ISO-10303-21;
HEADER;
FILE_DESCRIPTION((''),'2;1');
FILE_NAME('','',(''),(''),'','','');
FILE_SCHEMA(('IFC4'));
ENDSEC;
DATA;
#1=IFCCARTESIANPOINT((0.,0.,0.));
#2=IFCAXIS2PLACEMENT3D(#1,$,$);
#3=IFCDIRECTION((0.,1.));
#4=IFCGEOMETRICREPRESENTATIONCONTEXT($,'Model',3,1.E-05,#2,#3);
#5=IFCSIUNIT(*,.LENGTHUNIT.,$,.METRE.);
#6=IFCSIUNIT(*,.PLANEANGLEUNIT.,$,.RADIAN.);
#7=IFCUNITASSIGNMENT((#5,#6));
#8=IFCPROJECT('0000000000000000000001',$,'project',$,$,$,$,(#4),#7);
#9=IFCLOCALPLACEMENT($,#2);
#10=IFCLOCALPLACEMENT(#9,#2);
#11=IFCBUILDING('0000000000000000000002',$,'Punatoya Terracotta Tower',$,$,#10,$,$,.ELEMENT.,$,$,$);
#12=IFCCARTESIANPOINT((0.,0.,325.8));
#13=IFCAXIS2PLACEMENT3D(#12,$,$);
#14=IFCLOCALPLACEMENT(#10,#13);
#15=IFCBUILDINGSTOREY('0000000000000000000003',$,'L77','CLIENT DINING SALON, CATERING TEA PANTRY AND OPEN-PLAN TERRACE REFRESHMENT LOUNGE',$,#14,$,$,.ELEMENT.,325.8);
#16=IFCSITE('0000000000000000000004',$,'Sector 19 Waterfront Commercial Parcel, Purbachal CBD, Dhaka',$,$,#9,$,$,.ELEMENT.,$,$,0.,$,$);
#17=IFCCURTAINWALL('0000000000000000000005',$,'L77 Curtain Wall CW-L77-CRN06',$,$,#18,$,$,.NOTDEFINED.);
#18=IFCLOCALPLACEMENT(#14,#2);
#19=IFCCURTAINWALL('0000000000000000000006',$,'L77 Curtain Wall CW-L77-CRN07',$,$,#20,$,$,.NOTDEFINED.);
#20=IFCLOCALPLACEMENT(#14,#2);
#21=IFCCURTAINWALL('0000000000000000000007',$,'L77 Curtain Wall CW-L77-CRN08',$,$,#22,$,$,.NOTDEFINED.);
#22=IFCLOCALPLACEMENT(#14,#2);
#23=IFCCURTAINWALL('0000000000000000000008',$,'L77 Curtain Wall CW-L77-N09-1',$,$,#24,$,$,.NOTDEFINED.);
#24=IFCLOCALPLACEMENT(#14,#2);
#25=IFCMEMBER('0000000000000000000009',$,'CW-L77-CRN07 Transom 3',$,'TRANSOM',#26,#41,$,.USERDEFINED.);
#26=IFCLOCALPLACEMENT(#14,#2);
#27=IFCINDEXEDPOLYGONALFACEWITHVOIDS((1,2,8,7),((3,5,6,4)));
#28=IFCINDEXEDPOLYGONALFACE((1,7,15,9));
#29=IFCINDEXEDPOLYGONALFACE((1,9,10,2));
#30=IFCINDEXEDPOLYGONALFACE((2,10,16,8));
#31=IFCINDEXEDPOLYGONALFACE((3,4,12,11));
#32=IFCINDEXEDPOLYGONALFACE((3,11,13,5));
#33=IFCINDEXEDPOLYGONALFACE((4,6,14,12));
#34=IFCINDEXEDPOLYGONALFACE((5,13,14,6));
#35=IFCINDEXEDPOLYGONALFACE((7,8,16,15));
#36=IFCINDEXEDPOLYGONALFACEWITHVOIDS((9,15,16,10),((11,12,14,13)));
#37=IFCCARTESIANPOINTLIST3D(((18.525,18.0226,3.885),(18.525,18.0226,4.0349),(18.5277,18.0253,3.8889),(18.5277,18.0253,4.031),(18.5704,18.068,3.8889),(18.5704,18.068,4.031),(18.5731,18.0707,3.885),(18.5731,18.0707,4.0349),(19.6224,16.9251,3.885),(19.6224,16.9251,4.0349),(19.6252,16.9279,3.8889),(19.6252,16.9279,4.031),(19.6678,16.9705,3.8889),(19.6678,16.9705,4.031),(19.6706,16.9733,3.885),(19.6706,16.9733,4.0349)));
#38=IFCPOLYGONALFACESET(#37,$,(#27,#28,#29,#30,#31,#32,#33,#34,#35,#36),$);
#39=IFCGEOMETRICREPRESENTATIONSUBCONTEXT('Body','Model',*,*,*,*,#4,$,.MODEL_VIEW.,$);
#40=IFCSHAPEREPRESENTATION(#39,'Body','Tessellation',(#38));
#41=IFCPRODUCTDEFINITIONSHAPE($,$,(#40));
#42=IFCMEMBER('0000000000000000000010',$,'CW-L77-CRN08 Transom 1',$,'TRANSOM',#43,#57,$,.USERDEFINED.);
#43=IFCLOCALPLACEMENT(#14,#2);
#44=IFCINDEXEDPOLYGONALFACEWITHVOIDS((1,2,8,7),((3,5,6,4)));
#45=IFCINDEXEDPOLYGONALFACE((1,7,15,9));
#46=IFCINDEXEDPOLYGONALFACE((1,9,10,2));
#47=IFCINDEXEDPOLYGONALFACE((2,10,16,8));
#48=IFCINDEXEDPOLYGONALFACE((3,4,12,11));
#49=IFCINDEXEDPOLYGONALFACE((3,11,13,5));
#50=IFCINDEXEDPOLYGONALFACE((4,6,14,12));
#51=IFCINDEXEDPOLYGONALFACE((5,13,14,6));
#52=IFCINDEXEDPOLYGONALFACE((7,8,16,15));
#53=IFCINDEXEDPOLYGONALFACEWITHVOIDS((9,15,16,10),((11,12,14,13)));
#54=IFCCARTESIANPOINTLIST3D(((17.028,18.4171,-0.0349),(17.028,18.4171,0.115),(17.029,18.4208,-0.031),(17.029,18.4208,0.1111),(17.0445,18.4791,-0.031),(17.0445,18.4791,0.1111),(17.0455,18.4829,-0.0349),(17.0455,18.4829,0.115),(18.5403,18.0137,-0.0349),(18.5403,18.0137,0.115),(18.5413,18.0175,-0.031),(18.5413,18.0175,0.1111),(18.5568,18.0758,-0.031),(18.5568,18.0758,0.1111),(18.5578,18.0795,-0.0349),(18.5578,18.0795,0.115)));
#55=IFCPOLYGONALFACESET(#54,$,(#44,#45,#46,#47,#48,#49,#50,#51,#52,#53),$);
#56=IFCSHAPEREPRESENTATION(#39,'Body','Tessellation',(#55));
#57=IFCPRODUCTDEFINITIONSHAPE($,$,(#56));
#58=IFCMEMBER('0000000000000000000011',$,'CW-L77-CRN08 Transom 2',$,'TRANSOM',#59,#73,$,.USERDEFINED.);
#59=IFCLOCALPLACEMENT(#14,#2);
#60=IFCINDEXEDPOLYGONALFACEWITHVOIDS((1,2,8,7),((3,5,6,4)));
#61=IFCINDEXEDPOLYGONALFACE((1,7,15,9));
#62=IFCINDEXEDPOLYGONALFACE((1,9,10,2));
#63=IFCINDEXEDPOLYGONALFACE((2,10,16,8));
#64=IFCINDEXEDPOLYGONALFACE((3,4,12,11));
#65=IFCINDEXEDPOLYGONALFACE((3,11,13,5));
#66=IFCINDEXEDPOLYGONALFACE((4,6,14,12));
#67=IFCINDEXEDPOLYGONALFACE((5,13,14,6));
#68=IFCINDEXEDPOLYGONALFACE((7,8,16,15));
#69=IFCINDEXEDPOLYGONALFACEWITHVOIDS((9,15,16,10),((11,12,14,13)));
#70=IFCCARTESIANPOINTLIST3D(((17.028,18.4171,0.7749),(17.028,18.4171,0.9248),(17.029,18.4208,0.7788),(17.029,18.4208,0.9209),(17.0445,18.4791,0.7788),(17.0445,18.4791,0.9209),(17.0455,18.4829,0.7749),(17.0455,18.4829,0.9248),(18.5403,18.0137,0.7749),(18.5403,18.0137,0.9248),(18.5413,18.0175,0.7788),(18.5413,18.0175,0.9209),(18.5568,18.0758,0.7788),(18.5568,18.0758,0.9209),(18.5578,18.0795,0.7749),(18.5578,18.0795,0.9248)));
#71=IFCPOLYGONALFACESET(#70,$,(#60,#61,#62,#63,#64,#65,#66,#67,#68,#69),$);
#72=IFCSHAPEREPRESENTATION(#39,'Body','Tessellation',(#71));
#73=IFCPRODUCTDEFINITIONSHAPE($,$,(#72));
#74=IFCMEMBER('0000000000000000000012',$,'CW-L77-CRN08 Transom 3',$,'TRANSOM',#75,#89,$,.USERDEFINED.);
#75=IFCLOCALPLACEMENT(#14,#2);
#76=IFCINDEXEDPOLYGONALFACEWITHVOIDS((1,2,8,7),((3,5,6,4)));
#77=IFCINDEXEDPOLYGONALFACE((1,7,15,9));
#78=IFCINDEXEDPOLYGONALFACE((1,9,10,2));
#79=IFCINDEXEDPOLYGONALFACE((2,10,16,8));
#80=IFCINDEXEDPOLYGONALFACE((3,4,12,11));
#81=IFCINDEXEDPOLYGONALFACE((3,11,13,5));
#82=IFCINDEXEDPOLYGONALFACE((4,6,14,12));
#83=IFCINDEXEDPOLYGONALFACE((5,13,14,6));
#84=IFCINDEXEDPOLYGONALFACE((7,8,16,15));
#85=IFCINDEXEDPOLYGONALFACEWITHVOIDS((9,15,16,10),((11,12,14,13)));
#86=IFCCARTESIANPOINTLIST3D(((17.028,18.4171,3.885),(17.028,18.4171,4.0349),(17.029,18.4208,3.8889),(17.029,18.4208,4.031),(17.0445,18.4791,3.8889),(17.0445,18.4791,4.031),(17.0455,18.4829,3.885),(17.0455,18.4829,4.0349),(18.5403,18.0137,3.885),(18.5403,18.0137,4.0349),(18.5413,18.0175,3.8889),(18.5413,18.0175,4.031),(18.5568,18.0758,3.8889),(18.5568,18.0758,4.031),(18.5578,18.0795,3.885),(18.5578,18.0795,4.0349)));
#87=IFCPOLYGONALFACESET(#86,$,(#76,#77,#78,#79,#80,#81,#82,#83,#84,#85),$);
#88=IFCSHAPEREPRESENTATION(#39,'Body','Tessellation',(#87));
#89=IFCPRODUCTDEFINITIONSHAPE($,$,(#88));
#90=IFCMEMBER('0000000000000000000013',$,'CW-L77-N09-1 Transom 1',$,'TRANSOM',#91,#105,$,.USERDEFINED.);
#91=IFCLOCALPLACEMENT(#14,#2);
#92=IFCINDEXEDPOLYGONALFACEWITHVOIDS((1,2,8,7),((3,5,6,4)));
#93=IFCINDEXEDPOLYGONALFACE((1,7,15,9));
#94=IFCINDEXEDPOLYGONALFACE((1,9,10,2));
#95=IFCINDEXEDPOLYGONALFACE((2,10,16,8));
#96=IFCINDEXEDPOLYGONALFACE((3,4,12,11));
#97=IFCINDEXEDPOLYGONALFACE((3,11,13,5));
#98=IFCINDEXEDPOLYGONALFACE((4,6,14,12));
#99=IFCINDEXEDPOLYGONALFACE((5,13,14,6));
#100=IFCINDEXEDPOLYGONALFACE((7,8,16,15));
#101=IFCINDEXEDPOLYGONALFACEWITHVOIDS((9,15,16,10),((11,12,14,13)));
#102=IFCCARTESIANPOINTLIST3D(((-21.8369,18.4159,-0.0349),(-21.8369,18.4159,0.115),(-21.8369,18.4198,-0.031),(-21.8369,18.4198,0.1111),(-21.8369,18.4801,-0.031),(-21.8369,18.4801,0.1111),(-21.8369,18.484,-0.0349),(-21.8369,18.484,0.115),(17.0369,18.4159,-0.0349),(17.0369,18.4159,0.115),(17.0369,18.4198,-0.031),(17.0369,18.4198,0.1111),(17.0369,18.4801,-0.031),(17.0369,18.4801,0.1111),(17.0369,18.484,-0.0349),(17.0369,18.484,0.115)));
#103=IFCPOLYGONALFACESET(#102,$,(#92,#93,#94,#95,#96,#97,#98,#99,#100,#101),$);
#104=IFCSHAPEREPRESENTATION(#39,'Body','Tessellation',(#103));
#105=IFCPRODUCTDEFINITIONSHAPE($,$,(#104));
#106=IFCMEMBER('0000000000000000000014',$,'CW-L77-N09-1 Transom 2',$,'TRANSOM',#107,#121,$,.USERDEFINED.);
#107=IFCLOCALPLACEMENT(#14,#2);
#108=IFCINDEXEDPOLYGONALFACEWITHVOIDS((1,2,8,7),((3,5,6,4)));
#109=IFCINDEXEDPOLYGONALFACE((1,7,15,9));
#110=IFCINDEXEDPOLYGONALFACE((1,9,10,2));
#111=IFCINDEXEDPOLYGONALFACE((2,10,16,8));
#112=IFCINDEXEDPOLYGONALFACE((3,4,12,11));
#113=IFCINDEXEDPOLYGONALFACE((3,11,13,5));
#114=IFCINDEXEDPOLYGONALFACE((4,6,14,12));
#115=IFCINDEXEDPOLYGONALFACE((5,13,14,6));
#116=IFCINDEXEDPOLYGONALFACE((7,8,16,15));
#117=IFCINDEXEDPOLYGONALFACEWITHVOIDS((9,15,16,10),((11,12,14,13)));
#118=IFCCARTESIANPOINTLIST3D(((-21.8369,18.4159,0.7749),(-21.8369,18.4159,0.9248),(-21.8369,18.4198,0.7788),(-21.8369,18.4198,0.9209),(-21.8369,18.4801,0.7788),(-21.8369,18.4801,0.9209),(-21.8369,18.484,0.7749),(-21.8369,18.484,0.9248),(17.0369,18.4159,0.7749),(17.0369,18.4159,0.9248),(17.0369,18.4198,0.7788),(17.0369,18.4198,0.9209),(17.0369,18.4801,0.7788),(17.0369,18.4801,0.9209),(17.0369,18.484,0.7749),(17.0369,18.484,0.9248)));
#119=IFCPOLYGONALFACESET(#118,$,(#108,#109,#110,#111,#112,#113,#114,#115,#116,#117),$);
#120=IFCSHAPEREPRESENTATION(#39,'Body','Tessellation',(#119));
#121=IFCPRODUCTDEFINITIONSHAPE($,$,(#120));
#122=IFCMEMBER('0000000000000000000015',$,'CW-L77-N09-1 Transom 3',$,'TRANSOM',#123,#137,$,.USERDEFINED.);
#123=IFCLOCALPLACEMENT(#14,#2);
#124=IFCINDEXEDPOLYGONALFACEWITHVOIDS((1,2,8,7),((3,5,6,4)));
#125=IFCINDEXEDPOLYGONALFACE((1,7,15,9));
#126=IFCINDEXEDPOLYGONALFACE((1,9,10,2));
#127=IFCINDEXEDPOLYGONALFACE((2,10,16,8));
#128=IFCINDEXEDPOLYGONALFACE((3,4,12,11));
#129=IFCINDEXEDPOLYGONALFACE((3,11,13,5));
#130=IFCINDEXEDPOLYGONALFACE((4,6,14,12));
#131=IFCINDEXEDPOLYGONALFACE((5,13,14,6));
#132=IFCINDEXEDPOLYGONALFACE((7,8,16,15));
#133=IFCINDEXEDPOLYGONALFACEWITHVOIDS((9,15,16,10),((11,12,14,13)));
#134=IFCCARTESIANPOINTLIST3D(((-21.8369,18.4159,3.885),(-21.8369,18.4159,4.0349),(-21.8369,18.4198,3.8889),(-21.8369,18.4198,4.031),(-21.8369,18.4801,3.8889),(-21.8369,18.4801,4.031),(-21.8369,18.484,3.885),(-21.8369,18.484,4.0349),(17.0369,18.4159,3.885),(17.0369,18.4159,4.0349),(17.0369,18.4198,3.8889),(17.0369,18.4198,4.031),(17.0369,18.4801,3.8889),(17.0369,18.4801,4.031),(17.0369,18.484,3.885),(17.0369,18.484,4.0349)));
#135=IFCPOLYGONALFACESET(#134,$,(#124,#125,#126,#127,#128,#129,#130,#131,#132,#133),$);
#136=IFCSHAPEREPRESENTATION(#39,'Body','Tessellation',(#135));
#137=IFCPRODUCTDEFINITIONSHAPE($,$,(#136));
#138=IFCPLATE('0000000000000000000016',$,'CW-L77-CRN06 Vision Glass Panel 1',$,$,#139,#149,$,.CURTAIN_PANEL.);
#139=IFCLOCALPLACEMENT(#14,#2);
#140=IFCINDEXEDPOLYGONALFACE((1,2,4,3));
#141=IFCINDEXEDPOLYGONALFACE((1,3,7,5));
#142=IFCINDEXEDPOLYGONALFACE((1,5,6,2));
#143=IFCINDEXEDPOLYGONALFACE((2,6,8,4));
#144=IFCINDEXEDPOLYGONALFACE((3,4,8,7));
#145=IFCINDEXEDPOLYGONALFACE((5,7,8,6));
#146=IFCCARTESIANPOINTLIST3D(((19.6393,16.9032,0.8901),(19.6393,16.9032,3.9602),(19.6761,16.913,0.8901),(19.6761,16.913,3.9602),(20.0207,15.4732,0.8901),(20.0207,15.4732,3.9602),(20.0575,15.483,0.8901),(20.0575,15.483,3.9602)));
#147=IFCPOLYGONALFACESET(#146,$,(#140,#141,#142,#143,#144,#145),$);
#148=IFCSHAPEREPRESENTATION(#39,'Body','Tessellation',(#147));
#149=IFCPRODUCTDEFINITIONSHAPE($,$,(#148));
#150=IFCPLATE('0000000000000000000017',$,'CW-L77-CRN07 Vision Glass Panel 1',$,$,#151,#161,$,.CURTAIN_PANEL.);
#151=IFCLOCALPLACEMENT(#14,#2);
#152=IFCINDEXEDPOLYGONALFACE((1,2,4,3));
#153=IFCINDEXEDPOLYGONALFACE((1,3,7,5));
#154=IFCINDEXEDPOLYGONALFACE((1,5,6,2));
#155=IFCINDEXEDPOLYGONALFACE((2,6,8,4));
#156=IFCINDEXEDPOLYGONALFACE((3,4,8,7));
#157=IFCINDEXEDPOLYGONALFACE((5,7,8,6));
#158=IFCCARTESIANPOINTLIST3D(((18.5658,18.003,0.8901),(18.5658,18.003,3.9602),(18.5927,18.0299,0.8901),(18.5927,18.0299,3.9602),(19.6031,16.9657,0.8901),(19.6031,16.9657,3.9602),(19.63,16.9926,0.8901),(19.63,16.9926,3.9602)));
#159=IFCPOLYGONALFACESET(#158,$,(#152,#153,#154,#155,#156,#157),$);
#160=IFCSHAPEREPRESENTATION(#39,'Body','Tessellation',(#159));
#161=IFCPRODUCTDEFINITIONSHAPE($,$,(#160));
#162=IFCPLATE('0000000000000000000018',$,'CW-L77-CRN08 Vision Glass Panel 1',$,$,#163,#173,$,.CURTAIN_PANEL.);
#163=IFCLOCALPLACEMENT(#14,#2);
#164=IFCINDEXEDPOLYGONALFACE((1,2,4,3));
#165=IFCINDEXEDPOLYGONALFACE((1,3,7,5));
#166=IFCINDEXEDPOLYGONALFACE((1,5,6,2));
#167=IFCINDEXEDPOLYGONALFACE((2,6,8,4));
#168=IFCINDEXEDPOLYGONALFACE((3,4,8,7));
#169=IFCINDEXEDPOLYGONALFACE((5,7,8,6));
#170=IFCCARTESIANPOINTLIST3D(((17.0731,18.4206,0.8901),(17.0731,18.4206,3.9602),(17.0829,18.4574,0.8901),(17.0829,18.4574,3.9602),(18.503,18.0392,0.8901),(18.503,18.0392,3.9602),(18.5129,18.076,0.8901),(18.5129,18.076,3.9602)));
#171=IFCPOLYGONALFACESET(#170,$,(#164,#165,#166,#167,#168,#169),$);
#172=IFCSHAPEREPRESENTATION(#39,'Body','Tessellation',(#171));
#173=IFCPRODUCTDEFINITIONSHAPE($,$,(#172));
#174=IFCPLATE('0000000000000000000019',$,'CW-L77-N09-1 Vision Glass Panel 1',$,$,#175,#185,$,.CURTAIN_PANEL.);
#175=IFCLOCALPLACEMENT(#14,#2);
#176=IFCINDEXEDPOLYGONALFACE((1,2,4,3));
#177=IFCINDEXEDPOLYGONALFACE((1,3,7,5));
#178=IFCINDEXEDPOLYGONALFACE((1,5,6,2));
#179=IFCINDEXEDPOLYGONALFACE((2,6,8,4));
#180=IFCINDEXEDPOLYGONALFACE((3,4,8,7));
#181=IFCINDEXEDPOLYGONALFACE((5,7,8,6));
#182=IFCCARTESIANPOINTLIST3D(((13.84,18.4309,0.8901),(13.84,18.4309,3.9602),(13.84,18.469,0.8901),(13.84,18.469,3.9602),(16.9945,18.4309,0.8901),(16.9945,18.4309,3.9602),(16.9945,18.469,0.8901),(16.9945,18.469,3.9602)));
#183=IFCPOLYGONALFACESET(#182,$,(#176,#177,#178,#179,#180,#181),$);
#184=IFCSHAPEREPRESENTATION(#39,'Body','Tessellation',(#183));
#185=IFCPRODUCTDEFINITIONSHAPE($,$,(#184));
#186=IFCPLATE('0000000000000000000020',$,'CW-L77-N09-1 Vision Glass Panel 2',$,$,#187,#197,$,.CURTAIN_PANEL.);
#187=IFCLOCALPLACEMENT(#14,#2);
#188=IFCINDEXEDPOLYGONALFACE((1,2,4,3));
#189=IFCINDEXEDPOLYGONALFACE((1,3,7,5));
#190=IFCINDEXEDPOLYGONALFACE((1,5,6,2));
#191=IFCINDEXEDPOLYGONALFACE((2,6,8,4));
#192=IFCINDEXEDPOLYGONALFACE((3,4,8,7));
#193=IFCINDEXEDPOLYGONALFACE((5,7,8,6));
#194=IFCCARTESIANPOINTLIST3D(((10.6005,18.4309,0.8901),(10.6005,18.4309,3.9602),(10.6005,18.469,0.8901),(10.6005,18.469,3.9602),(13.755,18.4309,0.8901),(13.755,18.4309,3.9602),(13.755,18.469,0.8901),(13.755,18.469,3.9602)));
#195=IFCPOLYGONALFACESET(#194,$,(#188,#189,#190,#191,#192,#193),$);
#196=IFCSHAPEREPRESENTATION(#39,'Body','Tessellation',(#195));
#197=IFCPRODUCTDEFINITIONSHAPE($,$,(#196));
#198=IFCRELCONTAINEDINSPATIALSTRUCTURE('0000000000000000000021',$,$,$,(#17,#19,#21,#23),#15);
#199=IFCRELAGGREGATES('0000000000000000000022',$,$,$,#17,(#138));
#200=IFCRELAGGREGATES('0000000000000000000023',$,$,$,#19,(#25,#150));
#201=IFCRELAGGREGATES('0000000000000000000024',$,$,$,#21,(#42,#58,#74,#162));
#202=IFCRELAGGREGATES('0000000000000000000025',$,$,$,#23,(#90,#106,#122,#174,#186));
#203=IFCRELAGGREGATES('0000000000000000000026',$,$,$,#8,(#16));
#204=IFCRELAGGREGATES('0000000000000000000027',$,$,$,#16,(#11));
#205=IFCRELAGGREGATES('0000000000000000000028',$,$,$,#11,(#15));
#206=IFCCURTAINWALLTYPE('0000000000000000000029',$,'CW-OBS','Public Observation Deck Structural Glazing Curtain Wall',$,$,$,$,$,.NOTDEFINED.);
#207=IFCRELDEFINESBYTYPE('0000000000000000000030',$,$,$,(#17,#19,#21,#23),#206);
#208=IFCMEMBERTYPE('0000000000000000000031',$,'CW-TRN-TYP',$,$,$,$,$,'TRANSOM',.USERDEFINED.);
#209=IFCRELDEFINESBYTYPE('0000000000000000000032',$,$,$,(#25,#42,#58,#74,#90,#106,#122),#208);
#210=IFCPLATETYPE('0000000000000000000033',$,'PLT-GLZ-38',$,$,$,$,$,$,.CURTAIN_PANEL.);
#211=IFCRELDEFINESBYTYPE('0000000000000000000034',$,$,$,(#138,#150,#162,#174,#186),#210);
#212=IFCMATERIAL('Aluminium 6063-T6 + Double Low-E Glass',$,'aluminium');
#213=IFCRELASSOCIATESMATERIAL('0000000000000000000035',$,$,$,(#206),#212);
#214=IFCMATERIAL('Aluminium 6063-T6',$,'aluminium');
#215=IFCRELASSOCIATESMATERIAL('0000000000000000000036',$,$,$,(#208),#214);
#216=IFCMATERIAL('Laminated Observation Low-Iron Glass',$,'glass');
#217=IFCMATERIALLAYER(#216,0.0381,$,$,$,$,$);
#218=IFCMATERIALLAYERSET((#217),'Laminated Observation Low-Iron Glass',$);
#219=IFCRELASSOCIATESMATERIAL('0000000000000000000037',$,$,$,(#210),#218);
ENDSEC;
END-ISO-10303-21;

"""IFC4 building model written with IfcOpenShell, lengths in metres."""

from ifc_helpers import new_model, si_unit, direction, frame, origin, origin_2d, place, context, subcontext, project, spatial, rectangle, hollow_rectangle, extrude, material, layer, layer_set, material_profile, profile_set, type_object, element, aggregate, save


model = new_model("IFC4")

# Units and contexts
model_context = context("Model", 3, precision=1e-05, world=origin(), true_north=direction((0.0, 1.0)))
body_context = subcontext(model_context, "Body", "Model", "MODEL_VIEW")
ifc_project = project(units=[si_unit("LENGTHUNIT", "METRE"), si_unit("PLANEANGLEUNIT", "RADIAN")], contexts=[model_context])

# Site, building, storey
site_placement = place(None, origin())
site = spatial("IfcSite", under=ifc_project, at=site_placement, Name="Sector 19 Waterfront Commercial Parcel, Purbachal CBD, Dhaka", CompositionType="ELEMENT", RefElevation=0.0)
building_placement = place(site_placement, origin())
building = spatial("IfcBuilding", under=site, at=building_placement, Name="Punatoya Terracotta Tower", CompositionType="ELEMENT")
storey_placement = place(building_placement, frame((0.0, 0.0, 325.8)))
storey = spatial("IfcBuildingStorey", under=building, at=storey_placement, Name="L77", Description="CLIENT DINING SALON, CATERING TEA PANTRY AND OPEN-PLAN TERRACE REFRESHMENT LOUNGE", CompositionType="ELEMENT", Elevation=325.8)

# Curtain wall
ifc_material_1 = material(Name="Aluminium 6063-T6 + Double Low-E Glass", Category="aluminium")
curtain_wall_type = type_object("IfcCurtainWallType", Name="CW-OBS", Description="Public Observation Deck Structural Glazing Curtain Wall", PredefinedType="NOTDEFINED", material=ifc_material_1)
curtain_wall_1_placement = place(storey_placement, origin())
curtain_wall_1 = element("IfcCurtainWall", 1, at=curtain_wall_1_placement, inside=storey, type_object=curtain_wall_type, Name="L77 Curtain Wall CW-L77-CRN06", PredefinedType="NOTDEFINED")
ifc_material_2 = material(Name="Aluminium 6063-T6", Category="aluminium")

# Curtain walls
curtain_wall_2_placement = place(storey_placement, origin())
curtain_wall_2 = element("IfcCurtainWall", 2, at=curtain_wall_2_placement, inside=storey, type_object=curtain_wall_type, Name="L77 Curtain Wall CW-L77-CRN07", PredefinedType="NOTDEFINED")
curtain_wall_3_placement = place(storey_placement, origin())
curtain_wall_3 = element("IfcCurtainWall", 3, at=curtain_wall_3_placement, inside=storey, type_object=curtain_wall_type, Name="L77 Curtain Wall CW-L77-CRN08", PredefinedType="NOTDEFINED")
curtain_wall_4_placement = place(storey_placement, origin())
curtain_wall_4 = element("IfcCurtainWall", 4, at=curtain_wall_4_placement, inside=storey, type_object=curtain_wall_type, Name="L77 Curtain Wall CW-L77-N09-1", PredefinedType="NOTDEFINED")

# Members
ifc_material_profile_1 = material_profile(ifc_material_2, hollow_rectangle(XDim=0.0681, YDim=0.1499, WallThickness=0.0039, at=origin_2d()))
ifc_profile_set_1 = profile_set([ifc_material_profile_1], Name="Aluminium 6063-T6")
member_type_1 = type_object("IfcMemberType", Name="CW-TRN-TYP", ElementType="TRANSOM", PredefinedType="USERDEFINED", material=ifc_profile_set_1)
member_1_placement = place(storey_placement, frame((19.6465, 16.9492, 3.96), z_axis=(-0.707107, 0.707107, 0.0), x_axis=(-0.707107, -0.707107, 0.0)))
member_1 = element("IfcMember", 5, at=member_1_placement, type_object=member_type_1, Name="CW-L77-CRN07 Transom 3", ObjectType="TRANSOM", PredefinedType="USERDEFINED", context=body_context, shape_type="SweptSolid", body=[
    extrude(hollow_rectangle(XDim=0.0681, YDim=0.1499, WallThickness=0.0039, at=origin_2d()), origin(), (0.0, 0.0, 1.0), 1.552),
])
member_2_placement = place(storey_placement, frame((18.5491, 18.0466, 0.04), z_axis=(-0.966225, 0.257701, 0.0), x_axis=(-0.257701, -0.966225, 0.0)))
member_2 = element("IfcMember", 6, at=member_2_placement, type_object=member_type_1, Name="CW-L77-CRN08 Transom 1", ObjectType="TRANSOM", PredefinedType="USERDEFINED", context=body_context, shape_type="SweptSolid", body=[
    extrude(hollow_rectangle(XDim=0.0681, YDim=0.1499, WallThickness=0.0039, at=origin_2d()), origin(), (0.0, 0.0, 1.0), 1.5652),
])
member_3_placement = place(storey_placement, frame((18.5491, 18.0466, 0.8499), z_axis=(-0.966225, 0.257701, 0.0), x_axis=(-0.257701, -0.966225, 0.0)))
member_3 = element("IfcMember", 7, at=member_3_placement, type_object=member_type_1, Name="CW-L77-CRN08 Transom 2", ObjectType="TRANSOM", PredefinedType="USERDEFINED", context=body_context, shape_type="SweptSolid", body=[
    extrude(hollow_rectangle(XDim=0.0681, YDim=0.1499, WallThickness=0.0039, at=origin_2d()), origin(), (0.0, 0.0, 1.0), 1.5652),
])
member_4_placement = place(storey_placement, frame((18.5491, 18.0466, 3.96), z_axis=(-0.966225, 0.257701, 0.0), x_axis=(-0.257701, -0.966225, 0.0)))
member_4 = element("IfcMember", 8, at=member_4_placement, type_object=member_type_1, Name="CW-L77-CRN08 Transom 3", ObjectType="TRANSOM", PredefinedType="USERDEFINED", context=body_context, shape_type="SweptSolid", body=[
    extrude(hollow_rectangle(XDim=0.0681, YDim=0.1499, WallThickness=0.0039, at=origin_2d()), origin(), (0.0, 0.0, 1.0), 1.5652),
])
member_5_placement = place(storey_placement, frame((17.0369, 18.45, 0.04), z_axis=(-1.0, 0.0, 0.0), x_axis=(0.0, -1.0, 0.0)))
member_5 = element("IfcMember", 9, at=member_5_placement, type_object=member_type_1, Name="CW-L77-N09-1 Transom 1", ObjectType="TRANSOM", PredefinedType="USERDEFINED", context=body_context, shape_type="SweptSolid", body=[
    extrude(hollow_rectangle(XDim=0.0681, YDim=0.1499, WallThickness=0.0039, at=origin_2d()), origin(), (0.0, 0.0, 1.0), 38.8738),
])
member_6_placement = place(storey_placement, frame((17.0369, 18.45, 0.8499), z_axis=(-1.0, 0.0, 0.0), x_axis=(0.0, -1.0, 0.0)))
member_6 = element("IfcMember", 10, at=member_6_placement, type_object=member_type_1, Name="CW-L77-N09-1 Transom 2", ObjectType="TRANSOM", PredefinedType="USERDEFINED", context=body_context, shape_type="SweptSolid", body=[
    extrude(hollow_rectangle(XDim=0.0681, YDim=0.1499, WallThickness=0.0039, at=origin_2d()), origin(), (0.0, 0.0, 1.0), 38.8738),
])
member_7_placement = place(storey_placement, frame((17.0369, 18.45, 3.96), z_axis=(-1.0, 0.0, 0.0), x_axis=(0.0, -1.0, 0.0)))
member_7 = element("IfcMember", 11, at=member_7_placement, type_object=member_type_1, Name="CW-L77-N09-1 Transom 3", ObjectType="TRANSOM", PredefinedType="USERDEFINED", context=body_context, shape_type="SweptSolid", body=[
    extrude(hollow_rectangle(XDim=0.0681, YDim=0.1499, WallThickness=0.0039, at=origin_2d()), origin(), (0.0, 0.0, 1.0), 38.8738),
])

# Plates
ifc_material_3 = material(Name="Laminated Observation Low-Iron Glass", Category="glass")
ifc_layer_1 = layer(ifc_material_3, 0.0381)
ifc_layer_set_1 = layer_set([ifc_layer_1], Name="Laminated Observation Low-Iron Glass")
plate_type_1 = type_object("IfcPlateType", Name="PLT-GLZ-38", PredefinedType="CURTAIN_PANEL", material=ifc_layer_set_1)
plate_1_placement = place(storey_placement, frame((19.8484, 16.1931, 0.8901), z_axis=(0.0, 0.0, 1.0), x_axis=(-0.257742, 0.966214, 0.0)))
plate_1 = element("IfcPlate", 12, at=plate_1_placement, type_object=plate_type_1, Name="CW-L77-CRN06 Vision Glass Panel 1", PredefinedType="CURTAIN_PANEL", context=body_context, shape_type="SweptSolid", body=[
    extrude(rectangle(XDim=1.48, YDim=0.0381, at=origin_2d()), origin(), (0.0, 0.0, 1.0), 3.0701),
])
aggregate(curtain_wall_1, [plate_1])
plate_2_placement = place(storey_placement, frame((19.0979, 17.4978, 0.8901), z_axis=(0.0, 0.0, 1.0), x_axis=(-0.707107, 0.707107, 0.0)))
plate_2 = element("IfcPlate", 13, at=plate_2_placement, type_object=plate_type_1, Name="CW-L77-CRN07 Vision Glass Panel 1", PredefinedType="CURTAIN_PANEL", context=body_context, shape_type="SweptSolid", body=[
    extrude(rectangle(XDim=1.467, YDim=0.0381, at=origin_2d()), origin(), (0.0, 0.0, 1.0), 3.0701),
])
plate_3_placement = place(storey_placement, frame((17.793, 18.2483, 0.8901), z_axis=(0.0, 0.0, 1.0), x_axis=(-0.966214, 0.257742, 0.0)))
plate_3 = element("IfcPlate", 14, at=plate_3_placement, type_object=plate_type_1, Name="CW-L77-CRN08 Vision Glass Panel 1", PredefinedType="CURTAIN_PANEL", context=body_context, shape_type="SweptSolid", body=[
    extrude(rectangle(XDim=1.48, YDim=0.0381, at=origin_2d()), origin(), (0.0, 0.0, 1.0), 3.0701),
])
plate_4_placement = place(storey_placement, frame((15.4172, 18.45, 0.8901), z_axis=(0.0, 0.0, 1.0), x_axis=(-1.0, 0.0, 0.0)))
plate_4 = element("IfcPlate", 15, at=plate_4_placement, type_object=plate_type_1, Name="CW-L77-N09-1 Vision Glass Panel 1", PredefinedType="CURTAIN_PANEL", context=body_context, shape_type="SweptSolid", body=[
    extrude(rectangle(XDim=3.1545, YDim=0.0381, at=origin_2d()), origin(), (0.0, 0.0, 1.0), 3.0701),
])
plate_5_placement = place(storey_placement, frame((12.1777, 18.45, 0.8901), z_axis=(0.0, 0.0, 1.0), x_axis=(-1.0, 0.0, 0.0)))
plate_5 = element("IfcPlate", 16, at=plate_5_placement, type_object=plate_type_1, Name="CW-L77-N09-1 Vision Glass Panel 2", PredefinedType="CURTAIN_PANEL", context=body_context, shape_type="SweptSolid", body=[
    extrude(rectangle(XDim=3.1545, YDim=0.0381, at=origin_2d()), origin(), (0.0, 0.0, 1.0), 3.0701),
])
aggregate(curtain_wall_2, [member_1, plate_2])
aggregate(curtain_wall_3, [member_2, member_3, member_4, plate_3])
aggregate(curtain_wall_4, [member_5, member_6, member_7, plate_4, plate_5])

save(model, "model.ifc")
